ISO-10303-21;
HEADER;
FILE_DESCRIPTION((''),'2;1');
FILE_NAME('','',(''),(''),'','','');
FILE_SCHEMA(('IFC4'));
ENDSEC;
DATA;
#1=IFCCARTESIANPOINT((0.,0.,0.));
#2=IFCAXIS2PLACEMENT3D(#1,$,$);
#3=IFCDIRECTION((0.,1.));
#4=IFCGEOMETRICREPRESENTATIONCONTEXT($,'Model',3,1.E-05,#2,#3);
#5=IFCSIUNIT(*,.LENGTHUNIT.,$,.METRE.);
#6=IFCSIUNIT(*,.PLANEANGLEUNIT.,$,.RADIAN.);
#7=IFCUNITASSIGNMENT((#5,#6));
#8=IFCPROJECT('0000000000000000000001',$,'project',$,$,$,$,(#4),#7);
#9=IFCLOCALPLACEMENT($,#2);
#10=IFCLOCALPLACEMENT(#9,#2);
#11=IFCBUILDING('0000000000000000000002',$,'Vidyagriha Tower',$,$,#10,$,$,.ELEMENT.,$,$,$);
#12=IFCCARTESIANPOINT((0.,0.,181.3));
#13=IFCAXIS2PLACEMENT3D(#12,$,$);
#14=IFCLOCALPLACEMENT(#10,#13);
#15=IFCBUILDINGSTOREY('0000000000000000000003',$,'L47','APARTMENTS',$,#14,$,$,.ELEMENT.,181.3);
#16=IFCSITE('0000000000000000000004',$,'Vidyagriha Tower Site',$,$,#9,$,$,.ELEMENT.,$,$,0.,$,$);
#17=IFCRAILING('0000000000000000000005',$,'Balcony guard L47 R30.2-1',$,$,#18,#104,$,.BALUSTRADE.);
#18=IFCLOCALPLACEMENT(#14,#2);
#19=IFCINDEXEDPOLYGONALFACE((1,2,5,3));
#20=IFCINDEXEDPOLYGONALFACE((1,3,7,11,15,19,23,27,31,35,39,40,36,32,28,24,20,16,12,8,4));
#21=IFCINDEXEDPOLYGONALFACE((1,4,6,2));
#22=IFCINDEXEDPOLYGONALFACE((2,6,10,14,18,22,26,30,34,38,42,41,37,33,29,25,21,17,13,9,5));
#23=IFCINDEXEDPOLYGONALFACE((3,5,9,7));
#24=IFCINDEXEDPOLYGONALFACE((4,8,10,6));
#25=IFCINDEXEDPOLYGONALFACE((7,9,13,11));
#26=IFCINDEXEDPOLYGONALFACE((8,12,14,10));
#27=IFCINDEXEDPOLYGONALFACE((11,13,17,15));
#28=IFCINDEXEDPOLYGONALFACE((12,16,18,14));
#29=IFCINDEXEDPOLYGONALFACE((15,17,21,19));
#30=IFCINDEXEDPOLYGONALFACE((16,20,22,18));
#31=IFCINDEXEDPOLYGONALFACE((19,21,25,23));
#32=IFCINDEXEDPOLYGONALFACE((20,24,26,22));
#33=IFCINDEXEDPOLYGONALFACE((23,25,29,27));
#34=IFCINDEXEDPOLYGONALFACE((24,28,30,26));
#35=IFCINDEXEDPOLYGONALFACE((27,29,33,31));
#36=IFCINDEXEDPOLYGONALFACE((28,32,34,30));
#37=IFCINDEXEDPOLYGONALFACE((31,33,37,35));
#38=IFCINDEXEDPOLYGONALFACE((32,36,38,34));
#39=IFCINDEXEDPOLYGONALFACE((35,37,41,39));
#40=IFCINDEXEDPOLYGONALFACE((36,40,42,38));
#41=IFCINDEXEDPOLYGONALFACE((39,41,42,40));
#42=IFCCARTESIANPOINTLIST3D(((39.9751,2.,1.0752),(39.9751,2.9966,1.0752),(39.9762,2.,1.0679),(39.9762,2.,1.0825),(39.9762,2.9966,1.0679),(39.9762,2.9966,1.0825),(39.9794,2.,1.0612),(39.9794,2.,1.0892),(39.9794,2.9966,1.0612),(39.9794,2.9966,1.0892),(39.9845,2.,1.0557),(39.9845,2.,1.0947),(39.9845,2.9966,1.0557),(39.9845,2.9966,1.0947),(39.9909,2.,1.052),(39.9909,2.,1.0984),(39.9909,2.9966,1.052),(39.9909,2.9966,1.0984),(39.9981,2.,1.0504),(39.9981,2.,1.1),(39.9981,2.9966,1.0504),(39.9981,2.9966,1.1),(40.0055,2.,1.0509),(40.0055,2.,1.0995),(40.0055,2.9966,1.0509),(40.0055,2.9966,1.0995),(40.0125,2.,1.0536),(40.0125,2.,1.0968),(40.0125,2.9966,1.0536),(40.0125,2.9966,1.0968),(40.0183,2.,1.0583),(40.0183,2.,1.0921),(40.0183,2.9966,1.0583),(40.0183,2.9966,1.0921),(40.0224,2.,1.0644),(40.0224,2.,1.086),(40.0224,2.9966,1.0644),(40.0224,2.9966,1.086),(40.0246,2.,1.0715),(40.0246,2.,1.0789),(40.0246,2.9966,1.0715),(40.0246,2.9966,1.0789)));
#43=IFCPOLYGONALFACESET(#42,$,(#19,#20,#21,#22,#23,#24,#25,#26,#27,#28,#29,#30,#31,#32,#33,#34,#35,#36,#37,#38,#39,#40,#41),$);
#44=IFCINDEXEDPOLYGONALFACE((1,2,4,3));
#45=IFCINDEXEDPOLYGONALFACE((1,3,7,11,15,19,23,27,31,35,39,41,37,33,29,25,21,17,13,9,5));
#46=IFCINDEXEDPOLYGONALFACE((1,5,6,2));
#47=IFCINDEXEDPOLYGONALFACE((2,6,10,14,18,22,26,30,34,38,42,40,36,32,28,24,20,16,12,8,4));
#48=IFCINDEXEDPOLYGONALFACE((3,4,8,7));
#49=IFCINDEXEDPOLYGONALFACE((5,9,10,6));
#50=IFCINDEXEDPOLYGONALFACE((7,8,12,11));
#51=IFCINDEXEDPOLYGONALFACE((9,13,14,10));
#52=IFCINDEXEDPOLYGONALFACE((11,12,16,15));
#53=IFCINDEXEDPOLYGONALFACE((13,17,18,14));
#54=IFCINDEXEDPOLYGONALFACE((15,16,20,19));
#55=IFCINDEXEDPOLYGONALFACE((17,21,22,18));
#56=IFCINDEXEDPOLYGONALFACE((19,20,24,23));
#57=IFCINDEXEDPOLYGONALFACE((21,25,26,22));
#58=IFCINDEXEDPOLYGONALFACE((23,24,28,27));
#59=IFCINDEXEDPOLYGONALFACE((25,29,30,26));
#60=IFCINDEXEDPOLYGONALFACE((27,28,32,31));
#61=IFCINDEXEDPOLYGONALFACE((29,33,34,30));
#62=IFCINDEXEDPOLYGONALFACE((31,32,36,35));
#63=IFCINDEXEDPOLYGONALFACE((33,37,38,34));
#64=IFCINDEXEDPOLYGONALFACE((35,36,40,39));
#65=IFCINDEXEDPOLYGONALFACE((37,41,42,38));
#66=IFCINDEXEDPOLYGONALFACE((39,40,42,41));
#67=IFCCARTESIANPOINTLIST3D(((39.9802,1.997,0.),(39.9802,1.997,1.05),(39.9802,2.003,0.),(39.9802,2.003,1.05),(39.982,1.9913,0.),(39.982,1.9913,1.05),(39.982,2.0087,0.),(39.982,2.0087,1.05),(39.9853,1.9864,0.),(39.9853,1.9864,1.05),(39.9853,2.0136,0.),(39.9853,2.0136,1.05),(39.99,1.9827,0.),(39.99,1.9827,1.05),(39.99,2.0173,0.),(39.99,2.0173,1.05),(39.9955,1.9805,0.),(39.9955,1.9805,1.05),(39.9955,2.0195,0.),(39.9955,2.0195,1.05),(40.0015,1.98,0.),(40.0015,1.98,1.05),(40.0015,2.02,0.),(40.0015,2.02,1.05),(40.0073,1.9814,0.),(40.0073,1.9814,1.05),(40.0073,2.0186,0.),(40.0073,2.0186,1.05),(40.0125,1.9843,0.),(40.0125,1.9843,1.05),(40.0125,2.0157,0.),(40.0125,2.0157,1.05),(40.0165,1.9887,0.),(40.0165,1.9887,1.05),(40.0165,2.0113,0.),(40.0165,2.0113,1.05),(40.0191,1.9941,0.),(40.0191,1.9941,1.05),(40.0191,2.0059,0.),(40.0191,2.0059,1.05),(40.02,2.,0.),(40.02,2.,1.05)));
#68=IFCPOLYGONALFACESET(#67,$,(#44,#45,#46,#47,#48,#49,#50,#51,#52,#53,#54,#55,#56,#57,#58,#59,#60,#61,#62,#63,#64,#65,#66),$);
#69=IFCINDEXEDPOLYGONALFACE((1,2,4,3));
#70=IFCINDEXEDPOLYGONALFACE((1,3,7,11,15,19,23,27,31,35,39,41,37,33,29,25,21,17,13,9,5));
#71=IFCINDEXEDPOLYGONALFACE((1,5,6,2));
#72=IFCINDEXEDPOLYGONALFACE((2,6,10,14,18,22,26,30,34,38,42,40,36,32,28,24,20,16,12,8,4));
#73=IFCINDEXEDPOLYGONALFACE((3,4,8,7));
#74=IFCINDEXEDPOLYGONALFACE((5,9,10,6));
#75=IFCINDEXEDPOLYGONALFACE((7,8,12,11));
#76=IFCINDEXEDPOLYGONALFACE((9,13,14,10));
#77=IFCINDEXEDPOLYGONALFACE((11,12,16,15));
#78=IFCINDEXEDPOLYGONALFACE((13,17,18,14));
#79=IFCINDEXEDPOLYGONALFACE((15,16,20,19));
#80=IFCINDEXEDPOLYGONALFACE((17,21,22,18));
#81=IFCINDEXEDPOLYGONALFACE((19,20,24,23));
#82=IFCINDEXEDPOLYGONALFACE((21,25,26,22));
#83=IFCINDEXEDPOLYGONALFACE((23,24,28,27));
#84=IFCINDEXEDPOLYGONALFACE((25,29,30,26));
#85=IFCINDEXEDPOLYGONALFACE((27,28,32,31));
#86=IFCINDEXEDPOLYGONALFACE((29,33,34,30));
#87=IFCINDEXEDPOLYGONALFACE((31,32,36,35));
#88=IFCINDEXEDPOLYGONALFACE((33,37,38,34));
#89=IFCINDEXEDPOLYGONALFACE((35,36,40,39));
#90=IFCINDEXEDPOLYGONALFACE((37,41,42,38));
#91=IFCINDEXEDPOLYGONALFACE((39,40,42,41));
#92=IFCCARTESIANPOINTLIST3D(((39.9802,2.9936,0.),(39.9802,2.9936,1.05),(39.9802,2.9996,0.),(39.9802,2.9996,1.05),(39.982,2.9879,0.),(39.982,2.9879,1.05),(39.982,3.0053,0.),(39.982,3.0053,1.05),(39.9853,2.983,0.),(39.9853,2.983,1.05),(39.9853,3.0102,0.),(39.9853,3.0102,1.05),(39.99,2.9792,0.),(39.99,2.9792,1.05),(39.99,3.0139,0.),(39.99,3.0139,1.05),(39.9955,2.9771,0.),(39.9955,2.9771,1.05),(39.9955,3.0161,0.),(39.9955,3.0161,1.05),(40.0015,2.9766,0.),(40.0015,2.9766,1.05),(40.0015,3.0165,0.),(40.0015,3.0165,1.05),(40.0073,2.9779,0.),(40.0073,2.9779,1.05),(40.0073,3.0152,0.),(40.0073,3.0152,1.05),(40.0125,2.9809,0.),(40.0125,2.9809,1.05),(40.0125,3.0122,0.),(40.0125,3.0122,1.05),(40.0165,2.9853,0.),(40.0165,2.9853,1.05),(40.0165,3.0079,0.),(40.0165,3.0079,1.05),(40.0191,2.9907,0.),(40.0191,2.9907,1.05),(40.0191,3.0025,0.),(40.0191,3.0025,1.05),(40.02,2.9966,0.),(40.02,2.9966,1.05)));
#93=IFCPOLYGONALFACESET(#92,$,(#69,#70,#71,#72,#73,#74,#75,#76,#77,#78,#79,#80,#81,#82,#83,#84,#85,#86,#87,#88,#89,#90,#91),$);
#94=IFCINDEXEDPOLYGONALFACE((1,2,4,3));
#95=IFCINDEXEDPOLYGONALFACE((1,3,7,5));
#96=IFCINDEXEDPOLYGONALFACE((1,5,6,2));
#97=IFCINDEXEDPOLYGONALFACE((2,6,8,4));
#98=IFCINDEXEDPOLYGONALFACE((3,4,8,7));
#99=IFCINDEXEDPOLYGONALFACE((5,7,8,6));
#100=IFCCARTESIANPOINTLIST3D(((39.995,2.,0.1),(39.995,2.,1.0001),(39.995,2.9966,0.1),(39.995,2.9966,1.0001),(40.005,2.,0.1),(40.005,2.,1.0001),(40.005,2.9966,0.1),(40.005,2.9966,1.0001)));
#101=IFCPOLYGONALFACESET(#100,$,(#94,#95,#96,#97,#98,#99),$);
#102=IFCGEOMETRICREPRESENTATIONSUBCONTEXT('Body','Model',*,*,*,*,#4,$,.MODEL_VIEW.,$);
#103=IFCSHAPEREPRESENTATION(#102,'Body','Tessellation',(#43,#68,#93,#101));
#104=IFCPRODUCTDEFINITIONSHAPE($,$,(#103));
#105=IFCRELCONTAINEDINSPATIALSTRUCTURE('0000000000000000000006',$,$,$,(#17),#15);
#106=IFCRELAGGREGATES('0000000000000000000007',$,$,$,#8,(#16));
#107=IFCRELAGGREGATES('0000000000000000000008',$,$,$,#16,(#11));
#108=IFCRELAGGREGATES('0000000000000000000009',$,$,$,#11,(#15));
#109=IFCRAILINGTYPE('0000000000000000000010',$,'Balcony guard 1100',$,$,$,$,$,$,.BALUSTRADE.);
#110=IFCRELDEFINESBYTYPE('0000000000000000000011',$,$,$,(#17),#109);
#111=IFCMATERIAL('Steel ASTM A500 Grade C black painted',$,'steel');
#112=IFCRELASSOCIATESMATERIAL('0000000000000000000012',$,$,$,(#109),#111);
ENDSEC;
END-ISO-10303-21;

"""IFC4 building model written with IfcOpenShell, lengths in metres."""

from ifc_helpers import new_model, si_unit, direction, frame, origin, origin_2d, place, context, subcontext, project, spatial, rectangle, circle, extrude, material, type_object, element, save


model = new_model("IFC4")

# Units and contexts
model_context = context("Model", 3, precision=1e-05, world=origin(), true_north=direction((0.0, 1.0)))
body_context = subcontext(model_context, "Body", "Model", "MODEL_VIEW")
ifc_project = project(units=[si_unit("LENGTHUNIT", "METRE"), si_unit("PLANEANGLEUNIT", "RADIAN")], contexts=[model_context])

# Site, building, storey
site_placement = place(None, origin())
site = spatial("IfcSite", under=ifc_project, at=site_placement, Name="Vidyagriha Tower Site", CompositionType="ELEMENT", RefElevation=0.0)
building_placement = place(site_placement, origin())
building = spatial("IfcBuilding", under=site, at=building_placement, Name="Vidyagriha Tower", CompositionType="ELEMENT")
storey_placement = place(building_placement, frame((0.0, 0.0, 181.3)))
storey = spatial("IfcBuildingStorey", under=building, at=storey_placement, Name="L47", Description="APARTMENTS", CompositionType="ELEMENT", Elevation=181.3)

# Railing
ifc_material_1 = material(Name="Steel ASTM A500 Grade C black painted", Category="steel")
railing_type_1 = type_object("IfcRailingType", Name="Balcony guard 1100", PredefinedType="BALUSTRADE", material=ifc_material_1)
railing_1_placement = place(storey_placement, frame((40.0, 2.0, 0.0)))
element("IfcRailing", 1, at=railing_1_placement, inside=storey, type_object=railing_type_1, Name="Balcony guard L47 R30.2-1", PredefinedType="BALUSTRADE", context=body_context, shape_type="SweptSolid", body=[
    extrude(circle(Radius=0.0249, at=origin_2d()), frame((0.0, 0.0, 1.0752), z_axis=(0.0, 1.0, 0.0), x_axis=(-1.0, 0.0, 0.0)), (0.0, 0.0, 1.0), 0.9966),
    extrude(circle(Radius=0.02, at=origin_2d()), origin(), (0.0, 0.0, 1.0), 1.05),
    extrude(circle(Radius=0.02, at=origin_2d()), frame((0.0, 0.9966, 0.0)), (0.0, 0.0, 1.0), 1.05),
    extrude(rectangle(XDim=0.01, YDim=0.9001, at=origin_2d()), frame((0.0, 0.0, 0.55), z_axis=(0.0, 1.0, 0.0), x_axis=(-1.0, 0.0, 0.0)), (0.0, 0.0, 1.0), 0.9966),
])

save(model, "model.ifc")
